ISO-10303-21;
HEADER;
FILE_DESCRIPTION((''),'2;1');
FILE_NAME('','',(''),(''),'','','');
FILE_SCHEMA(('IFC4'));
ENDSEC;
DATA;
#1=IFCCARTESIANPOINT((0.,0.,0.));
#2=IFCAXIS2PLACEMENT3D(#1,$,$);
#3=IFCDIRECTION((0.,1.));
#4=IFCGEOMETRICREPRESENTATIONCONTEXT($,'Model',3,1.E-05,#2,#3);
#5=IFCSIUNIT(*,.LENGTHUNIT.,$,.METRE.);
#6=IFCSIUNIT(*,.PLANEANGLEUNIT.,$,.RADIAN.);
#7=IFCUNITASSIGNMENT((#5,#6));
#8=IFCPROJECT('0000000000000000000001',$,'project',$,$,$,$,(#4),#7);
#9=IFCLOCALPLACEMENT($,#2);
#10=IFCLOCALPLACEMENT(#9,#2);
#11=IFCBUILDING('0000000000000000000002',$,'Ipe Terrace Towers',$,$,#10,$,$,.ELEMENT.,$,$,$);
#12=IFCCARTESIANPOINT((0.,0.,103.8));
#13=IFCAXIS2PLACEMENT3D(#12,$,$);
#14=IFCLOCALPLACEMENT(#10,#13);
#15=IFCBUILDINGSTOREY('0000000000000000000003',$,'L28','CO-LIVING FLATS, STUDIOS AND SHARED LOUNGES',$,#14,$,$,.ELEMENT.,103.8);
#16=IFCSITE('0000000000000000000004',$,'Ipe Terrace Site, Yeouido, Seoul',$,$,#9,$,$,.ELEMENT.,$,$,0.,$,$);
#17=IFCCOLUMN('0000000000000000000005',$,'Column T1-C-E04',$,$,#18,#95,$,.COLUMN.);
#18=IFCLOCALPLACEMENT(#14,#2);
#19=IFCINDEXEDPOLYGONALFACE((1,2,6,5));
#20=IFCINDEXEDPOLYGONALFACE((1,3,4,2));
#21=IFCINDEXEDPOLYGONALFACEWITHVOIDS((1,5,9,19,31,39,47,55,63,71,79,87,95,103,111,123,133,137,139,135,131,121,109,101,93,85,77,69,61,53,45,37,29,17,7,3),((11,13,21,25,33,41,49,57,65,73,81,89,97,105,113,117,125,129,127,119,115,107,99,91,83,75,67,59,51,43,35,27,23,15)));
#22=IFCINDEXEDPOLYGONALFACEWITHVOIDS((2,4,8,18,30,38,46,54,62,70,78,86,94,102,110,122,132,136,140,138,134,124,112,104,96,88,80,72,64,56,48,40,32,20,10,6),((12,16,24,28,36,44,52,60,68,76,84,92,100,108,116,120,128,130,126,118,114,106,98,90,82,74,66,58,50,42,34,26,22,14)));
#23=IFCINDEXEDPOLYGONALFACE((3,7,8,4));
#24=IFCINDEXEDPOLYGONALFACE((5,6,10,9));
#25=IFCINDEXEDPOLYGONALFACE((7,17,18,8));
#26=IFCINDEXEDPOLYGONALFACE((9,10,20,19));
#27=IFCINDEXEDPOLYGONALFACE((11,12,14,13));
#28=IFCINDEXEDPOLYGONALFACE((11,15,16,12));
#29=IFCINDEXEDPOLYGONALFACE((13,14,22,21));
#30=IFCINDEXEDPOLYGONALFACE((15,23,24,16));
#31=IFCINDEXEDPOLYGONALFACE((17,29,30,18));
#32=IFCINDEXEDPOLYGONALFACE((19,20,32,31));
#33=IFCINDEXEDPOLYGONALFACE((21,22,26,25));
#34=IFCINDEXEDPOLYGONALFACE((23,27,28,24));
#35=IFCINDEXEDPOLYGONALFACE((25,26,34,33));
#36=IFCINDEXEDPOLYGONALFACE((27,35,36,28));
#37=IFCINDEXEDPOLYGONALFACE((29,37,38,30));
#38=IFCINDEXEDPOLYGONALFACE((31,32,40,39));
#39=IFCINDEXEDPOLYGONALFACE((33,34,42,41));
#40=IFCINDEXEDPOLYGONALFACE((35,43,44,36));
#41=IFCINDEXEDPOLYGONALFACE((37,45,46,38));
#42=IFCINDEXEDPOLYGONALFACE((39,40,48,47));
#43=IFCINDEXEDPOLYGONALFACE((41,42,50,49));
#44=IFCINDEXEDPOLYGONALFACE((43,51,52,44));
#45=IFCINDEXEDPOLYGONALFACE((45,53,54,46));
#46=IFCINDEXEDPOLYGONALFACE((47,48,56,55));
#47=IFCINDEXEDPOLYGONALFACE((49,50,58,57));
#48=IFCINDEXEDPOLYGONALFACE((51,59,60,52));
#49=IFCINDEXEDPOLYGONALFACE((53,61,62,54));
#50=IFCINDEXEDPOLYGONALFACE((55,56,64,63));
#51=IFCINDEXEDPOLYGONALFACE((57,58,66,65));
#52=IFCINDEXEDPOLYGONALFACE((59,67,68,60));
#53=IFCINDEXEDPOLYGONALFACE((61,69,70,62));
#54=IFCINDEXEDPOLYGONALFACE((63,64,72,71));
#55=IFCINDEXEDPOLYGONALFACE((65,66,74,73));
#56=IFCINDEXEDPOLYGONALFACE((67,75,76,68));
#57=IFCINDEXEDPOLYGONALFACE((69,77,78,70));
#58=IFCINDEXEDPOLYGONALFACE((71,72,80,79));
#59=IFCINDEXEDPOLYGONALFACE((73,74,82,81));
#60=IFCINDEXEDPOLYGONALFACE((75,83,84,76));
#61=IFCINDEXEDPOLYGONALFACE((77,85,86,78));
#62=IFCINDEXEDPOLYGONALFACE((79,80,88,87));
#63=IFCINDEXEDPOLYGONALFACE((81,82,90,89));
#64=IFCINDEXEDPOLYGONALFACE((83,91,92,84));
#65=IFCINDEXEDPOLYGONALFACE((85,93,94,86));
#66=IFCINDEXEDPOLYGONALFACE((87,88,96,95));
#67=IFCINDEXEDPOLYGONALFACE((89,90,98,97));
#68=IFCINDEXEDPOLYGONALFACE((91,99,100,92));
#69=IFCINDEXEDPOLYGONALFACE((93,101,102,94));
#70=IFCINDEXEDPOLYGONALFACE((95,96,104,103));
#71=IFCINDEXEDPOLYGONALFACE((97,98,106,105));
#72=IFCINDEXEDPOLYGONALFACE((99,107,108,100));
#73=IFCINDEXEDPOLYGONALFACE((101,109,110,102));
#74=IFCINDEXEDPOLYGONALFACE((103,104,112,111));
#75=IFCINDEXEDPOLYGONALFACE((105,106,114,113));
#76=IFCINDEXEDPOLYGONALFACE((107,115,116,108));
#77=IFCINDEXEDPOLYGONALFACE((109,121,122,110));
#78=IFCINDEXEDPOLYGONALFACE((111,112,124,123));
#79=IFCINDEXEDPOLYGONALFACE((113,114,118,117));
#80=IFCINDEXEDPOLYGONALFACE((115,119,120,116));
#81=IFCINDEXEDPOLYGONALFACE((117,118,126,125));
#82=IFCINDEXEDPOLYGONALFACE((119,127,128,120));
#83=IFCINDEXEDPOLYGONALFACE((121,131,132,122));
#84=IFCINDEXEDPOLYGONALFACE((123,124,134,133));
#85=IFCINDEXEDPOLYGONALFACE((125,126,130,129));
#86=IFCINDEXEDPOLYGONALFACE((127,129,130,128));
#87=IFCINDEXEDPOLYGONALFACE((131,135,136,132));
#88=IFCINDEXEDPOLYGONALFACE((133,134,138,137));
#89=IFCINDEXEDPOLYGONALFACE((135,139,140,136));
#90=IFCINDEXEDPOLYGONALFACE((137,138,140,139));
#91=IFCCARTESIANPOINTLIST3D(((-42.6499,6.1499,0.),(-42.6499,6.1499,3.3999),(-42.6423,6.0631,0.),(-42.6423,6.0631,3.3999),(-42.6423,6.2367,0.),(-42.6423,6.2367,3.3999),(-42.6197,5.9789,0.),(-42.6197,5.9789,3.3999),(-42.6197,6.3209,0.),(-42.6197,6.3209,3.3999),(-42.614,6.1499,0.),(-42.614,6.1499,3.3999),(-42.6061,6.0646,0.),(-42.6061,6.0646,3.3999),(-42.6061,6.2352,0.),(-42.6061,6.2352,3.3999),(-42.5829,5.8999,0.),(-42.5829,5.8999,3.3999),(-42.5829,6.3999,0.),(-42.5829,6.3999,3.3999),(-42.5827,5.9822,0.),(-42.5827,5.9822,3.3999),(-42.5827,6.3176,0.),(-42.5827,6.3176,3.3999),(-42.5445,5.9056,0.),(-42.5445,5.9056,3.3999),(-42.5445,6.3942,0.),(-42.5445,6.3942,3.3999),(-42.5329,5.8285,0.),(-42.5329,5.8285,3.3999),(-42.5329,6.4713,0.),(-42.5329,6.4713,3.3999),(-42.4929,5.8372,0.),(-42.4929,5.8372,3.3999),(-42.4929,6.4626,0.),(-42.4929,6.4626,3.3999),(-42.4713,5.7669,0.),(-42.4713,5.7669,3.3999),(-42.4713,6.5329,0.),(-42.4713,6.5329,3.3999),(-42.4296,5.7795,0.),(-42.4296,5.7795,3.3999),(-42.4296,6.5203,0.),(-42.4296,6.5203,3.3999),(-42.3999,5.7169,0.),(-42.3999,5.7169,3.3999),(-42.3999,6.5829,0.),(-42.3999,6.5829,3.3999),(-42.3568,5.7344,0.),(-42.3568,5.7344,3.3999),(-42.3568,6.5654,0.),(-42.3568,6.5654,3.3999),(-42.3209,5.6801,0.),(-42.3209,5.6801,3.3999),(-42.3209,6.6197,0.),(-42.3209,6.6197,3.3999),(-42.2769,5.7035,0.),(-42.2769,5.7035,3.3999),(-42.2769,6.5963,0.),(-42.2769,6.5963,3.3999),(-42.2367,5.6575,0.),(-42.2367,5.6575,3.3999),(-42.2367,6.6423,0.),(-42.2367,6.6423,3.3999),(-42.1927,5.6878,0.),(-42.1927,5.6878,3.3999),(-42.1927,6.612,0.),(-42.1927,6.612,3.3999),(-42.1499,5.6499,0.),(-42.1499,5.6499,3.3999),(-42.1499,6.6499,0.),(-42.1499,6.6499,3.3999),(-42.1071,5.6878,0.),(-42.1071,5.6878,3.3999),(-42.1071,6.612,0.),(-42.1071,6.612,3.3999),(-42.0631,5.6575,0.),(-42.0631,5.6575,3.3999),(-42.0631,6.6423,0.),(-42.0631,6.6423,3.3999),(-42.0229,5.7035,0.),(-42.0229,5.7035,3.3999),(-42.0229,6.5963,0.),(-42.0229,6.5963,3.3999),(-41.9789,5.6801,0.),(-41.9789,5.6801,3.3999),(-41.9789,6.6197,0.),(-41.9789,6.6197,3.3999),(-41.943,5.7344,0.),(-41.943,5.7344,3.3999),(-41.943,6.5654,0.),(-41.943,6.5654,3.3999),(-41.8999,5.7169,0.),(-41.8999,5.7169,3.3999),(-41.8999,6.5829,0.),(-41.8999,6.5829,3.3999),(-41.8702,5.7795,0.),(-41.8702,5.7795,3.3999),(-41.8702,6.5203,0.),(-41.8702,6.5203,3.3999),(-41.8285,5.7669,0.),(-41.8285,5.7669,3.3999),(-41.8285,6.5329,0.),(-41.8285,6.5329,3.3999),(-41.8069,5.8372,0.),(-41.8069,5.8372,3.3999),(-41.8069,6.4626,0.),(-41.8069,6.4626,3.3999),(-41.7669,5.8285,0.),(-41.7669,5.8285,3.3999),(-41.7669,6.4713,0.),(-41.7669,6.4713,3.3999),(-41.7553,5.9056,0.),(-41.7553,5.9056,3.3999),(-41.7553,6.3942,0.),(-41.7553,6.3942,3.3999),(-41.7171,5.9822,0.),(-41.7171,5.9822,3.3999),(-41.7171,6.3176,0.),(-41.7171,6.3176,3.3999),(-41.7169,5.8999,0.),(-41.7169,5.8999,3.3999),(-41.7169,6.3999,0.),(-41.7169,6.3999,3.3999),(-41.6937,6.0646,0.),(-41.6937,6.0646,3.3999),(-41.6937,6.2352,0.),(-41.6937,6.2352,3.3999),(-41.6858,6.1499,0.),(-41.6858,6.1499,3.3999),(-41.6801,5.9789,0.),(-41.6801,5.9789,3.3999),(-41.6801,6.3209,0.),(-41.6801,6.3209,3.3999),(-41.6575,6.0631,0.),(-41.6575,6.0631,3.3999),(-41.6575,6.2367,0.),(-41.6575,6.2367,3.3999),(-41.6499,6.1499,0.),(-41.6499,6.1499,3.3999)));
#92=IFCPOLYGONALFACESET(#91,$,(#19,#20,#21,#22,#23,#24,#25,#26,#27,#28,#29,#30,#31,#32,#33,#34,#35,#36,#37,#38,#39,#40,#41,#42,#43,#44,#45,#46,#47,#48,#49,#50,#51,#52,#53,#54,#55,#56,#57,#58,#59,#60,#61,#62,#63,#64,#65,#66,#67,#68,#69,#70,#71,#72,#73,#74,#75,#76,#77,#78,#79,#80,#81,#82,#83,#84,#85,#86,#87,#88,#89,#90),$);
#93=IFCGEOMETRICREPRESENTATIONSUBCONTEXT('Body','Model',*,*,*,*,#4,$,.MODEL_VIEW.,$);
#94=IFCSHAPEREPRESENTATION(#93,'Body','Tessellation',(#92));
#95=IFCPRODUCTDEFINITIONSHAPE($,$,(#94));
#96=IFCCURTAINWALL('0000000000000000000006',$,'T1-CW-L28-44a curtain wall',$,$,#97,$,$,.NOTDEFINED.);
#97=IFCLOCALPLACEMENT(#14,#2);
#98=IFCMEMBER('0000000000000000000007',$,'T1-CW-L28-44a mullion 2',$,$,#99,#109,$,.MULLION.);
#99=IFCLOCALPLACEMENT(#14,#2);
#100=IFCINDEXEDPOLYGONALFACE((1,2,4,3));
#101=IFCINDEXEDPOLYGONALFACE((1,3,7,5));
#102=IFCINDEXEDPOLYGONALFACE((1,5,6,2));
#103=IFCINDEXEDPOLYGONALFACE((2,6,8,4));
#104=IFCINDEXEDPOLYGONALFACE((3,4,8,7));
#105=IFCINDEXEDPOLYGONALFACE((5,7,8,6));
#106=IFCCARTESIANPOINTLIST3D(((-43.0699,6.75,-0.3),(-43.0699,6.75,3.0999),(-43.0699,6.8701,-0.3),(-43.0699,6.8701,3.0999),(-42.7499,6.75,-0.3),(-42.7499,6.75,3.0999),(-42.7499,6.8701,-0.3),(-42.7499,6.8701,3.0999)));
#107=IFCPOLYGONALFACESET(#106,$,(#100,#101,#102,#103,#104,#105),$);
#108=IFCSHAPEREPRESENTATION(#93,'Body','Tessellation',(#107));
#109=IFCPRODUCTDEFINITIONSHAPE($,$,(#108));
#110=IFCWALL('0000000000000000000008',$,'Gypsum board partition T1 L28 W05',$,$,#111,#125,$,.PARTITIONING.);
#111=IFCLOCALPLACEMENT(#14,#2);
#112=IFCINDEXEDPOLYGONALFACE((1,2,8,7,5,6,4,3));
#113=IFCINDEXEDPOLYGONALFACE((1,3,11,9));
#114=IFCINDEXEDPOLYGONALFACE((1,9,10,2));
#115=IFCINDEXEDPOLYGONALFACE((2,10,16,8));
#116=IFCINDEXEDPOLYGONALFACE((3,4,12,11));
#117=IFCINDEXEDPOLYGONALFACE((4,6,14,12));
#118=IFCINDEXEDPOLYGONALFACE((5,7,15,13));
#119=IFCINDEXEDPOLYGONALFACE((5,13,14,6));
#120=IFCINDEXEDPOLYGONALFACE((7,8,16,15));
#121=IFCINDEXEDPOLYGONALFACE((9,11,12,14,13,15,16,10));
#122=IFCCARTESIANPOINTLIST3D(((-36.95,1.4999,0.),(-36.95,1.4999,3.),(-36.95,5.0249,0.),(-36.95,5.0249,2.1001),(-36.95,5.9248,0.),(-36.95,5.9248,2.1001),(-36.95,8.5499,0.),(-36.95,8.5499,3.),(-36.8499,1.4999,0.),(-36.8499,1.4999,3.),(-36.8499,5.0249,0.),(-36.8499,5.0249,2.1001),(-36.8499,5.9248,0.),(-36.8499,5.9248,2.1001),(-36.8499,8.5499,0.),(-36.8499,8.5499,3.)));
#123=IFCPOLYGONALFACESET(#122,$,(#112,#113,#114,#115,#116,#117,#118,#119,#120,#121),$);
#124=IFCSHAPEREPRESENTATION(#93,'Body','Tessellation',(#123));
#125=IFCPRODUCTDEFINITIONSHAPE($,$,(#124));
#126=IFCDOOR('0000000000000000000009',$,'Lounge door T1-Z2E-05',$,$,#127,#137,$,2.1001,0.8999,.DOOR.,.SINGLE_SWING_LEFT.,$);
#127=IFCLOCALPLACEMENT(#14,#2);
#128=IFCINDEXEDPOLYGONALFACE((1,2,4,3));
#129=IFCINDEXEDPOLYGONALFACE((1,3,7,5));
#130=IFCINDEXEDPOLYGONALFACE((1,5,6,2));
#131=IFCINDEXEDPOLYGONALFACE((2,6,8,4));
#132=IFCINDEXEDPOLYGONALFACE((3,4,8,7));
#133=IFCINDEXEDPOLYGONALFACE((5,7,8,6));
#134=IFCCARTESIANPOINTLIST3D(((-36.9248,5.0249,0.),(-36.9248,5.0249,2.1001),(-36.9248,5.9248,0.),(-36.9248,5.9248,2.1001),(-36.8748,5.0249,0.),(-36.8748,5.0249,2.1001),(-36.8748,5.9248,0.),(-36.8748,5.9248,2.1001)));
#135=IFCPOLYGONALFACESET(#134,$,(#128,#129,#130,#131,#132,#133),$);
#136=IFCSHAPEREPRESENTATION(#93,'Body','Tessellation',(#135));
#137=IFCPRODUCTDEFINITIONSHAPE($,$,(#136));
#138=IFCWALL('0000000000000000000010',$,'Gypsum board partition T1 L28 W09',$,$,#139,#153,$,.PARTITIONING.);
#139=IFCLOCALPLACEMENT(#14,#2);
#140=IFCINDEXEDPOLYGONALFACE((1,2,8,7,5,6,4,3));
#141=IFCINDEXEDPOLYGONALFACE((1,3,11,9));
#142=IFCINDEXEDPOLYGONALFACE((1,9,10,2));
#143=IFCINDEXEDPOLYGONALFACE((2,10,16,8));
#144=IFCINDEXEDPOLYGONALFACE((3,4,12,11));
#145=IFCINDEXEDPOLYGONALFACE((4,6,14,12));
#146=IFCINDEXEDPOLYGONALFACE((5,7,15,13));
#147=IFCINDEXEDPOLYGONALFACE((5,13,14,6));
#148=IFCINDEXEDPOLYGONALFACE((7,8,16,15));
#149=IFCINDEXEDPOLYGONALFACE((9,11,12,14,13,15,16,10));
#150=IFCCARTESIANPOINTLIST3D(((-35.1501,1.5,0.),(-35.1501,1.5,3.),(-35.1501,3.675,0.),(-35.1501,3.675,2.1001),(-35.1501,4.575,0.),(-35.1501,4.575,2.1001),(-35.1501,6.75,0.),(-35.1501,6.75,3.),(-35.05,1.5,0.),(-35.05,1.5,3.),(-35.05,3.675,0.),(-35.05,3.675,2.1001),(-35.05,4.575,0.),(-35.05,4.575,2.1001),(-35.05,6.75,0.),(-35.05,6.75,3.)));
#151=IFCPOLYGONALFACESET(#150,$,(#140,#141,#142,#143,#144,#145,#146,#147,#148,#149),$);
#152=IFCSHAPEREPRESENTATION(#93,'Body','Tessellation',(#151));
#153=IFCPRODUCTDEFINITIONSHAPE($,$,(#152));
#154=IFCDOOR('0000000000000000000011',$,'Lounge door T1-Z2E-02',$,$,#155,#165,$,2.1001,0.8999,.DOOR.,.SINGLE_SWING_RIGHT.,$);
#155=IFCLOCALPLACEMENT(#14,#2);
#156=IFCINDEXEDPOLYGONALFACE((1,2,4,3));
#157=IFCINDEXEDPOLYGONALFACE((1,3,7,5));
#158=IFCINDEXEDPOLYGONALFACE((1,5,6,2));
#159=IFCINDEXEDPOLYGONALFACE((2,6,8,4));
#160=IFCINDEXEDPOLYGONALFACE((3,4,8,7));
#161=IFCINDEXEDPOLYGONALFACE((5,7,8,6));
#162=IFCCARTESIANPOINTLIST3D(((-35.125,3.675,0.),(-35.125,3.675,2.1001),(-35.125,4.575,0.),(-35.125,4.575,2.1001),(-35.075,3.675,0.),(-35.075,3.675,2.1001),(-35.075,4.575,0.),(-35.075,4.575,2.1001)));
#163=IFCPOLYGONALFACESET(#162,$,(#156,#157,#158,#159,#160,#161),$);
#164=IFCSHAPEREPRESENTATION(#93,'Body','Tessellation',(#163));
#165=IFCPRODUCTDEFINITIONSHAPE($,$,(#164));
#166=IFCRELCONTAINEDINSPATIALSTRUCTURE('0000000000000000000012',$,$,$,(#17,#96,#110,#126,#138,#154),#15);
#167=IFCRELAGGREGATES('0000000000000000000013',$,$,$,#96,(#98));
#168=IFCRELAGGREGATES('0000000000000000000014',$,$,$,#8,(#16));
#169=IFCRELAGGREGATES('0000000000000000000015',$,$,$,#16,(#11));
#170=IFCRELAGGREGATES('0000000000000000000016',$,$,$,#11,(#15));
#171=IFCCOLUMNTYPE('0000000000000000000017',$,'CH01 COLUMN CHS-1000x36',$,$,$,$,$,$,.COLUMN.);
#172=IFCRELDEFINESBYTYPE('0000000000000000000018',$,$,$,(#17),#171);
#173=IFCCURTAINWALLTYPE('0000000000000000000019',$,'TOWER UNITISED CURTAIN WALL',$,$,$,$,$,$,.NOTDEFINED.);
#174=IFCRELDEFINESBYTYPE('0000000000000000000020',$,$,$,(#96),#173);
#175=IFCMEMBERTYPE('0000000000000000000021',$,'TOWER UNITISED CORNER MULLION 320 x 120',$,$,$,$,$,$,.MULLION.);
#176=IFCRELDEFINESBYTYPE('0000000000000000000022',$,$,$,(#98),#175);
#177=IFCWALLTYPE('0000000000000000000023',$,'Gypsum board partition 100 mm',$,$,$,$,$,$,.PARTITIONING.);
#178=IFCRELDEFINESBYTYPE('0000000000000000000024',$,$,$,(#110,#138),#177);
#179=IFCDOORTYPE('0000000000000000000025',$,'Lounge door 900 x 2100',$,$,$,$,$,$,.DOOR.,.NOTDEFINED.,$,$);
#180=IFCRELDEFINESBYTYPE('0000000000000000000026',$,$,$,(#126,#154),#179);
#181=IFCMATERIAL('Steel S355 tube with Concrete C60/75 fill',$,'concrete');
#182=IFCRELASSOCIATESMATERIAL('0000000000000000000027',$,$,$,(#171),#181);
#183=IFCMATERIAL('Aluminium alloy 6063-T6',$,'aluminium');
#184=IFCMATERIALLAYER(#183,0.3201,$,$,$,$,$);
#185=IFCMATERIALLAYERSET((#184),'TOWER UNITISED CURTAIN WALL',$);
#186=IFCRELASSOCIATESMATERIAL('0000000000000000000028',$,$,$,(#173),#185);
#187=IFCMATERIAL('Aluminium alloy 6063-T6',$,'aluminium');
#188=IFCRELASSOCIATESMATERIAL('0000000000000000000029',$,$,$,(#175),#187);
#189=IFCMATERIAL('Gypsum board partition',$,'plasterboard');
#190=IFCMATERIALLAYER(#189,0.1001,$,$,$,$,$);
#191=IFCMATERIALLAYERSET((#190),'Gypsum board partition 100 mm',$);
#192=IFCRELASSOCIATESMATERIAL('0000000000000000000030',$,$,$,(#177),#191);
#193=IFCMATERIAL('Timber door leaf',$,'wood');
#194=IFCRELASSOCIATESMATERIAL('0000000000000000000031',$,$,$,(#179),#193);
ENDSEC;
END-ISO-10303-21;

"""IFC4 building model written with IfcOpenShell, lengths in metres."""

from ifc_helpers import new_model, si_unit, direction, frame, frame_2d, origin, origin_2d, place, context, subcontext, project, spatial, rectangle, hollow_circle, extrude, material, layer, layer_set, material_profile, profile_set, type_object, element, fill, aggregate, save


model = new_model("IFC4")

# Units and contexts
model_context = context("Model", 3, precision=1e-05, world=origin(), true_north=direction((0.0, 1.0)))
body_context = subcontext(model_context, "Body", "Model", "MODEL_VIEW")
ifc_project = project(units=[si_unit("LENGTHUNIT", "METRE"), si_unit("PLANEANGLEUNIT", "RADIAN")], contexts=[model_context])

# Site, building, storey
site_placement = place(None, origin())
site = spatial("IfcSite", under=ifc_project, at=site_placement, Name="Ipe Terrace Site, Yeouido, Seoul", CompositionType="ELEMENT", RefElevation=0.0)
building_placement = place(site_placement, origin())
building = spatial("IfcBuilding", under=site, at=building_placement, Name="Ipe Terrace Towers", CompositionType="ELEMENT")
storey_placement = place(building_placement, frame((0.0, 0.0, 103.8)))
storey = spatial("IfcBuildingStorey", under=building, at=storey_placement, Name="L28", Description="CO-LIVING FLATS, STUDIOS AND SHARED LOUNGES", CompositionType="ELEMENT", Elevation=103.8)

# Column
ifc_material_1 = material(Name="Steel S355 tube with Concrete C60/75 fill", Category="concrete")
ifc_material_profile_1 = material_profile(ifc_material_1, hollow_circle(Radius=0.5, WallThickness=0.0359, at=origin_2d()), Name="CHS-1000x36")
ifc_profile_set_1 = profile_set([ifc_material_profile_1], Name="Steel S355 tube with Concrete C60/75 fill")
column_type = type_object("IfcColumnType", Name="CH01 COLUMN CHS-1000x36", PredefinedType="COLUMN", material=ifc_profile_set_1)
column_placement = place(storey_placement, frame((-42.1499, 6.1499, 0.0), z_axis=(0.0, 0.0, 1.0), x_axis=(1.0, 0.0, 0.0)))
element("IfcColumn", 1, at=column_placement, inside=storey, type_object=column_type, Name="Column T1-C-E04", PredefinedType="COLUMN", context=body_context, shape_type="SweptSolid", body=[
    extrude(hollow_circle(Radius=0.5, WallThickness=0.0359, at=origin_2d()), origin(), (0.0, 0.0, 1.0), 3.3999),
])

# Curtain wall, member
ifc_material_2 = material(Name="Aluminium alloy 6063-T6", Category="aluminium")
ifc_layer_1 = layer(ifc_material_2, 0.3201)
ifc_layer_set_1 = layer_set([ifc_layer_1], Name="TOWER UNITISED CURTAIN WALL")
curtain_wall_type = type_object("IfcCurtainWallType", Name="TOWER UNITISED CURTAIN WALL", PredefinedType="NOTDEFINED", material=ifc_layer_set_1)
curtain_wall_placement = place(storey_placement, origin())
curtain_wall = element("IfcCurtainWall", 2, at=curtain_wall_placement, inside=storey, type_object=curtain_wall_type, Name="T1-CW-L28-44a curtain wall", PredefinedType="NOTDEFINED")
ifc_material_3 = material(Name="Aluminium alloy 6063-T6", Category="aluminium")
ifc_material_profile_2 = material_profile(ifc_material_3, rectangle(XDim=0.3201, YDim=0.1201, at=origin_2d()), Name="TOWER UNITISED CORNER MULLION 320 x 120")
ifc_profile_set_2 = profile_set([ifc_material_profile_2], Name="Aluminium alloy 6063-T6")
member_type = type_object("IfcMemberType", Name="TOWER UNITISED CORNER MULLION 320 x 120", PredefinedType="MULLION", material=ifc_profile_set_2)
member_placement = place(storey_placement, frame((-42.9099, 6.8101, -0.3), z_axis=(0.0, 0.0, 1.0), x_axis=(-1.0, 0.0, 0.0)))
member = element("IfcMember", 3, at=member_placement, type_object=member_type, Name="T1-CW-L28-44a mullion 2", PredefinedType="MULLION", context=body_context, shape_type="SweptSolid", body=[
    extrude(rectangle(XDim=0.3201, YDim=0.1201, at=origin_2d()), origin(), (0.0, 0.0, 1.0), 3.3999),
])
aggregate(curtain_wall, [member])

# Walls, openings, doors
ifc_material_4 = material(Name="Gypsum board partition", Category="plasterboard")
ifc_layer_2 = layer(ifc_material_4, 0.1001)
ifc_layer_set_2 = layer_set([ifc_layer_2], Name="Gypsum board partition 100 mm")
wall_type_1 = type_object("IfcWallType", Name="Gypsum board partition 100 mm", PredefinedType="PARTITIONING", material=ifc_layer_set_2)
wall_1_placement = place(storey_placement, frame((-36.8999, 1.5, 0.0), z_axis=(0.0, 0.0, 1.0), x_axis=(0.0, 1.0, 0.0)))
wall_1 = element("IfcWall", 4, at=wall_1_placement, inside=storey, type_object=wall_type_1, Name="Gypsum board partition T1 L28 W05", PredefinedType="PARTITIONING", context=body_context, shape_type="SweptSolid", body=[
    extrude(rectangle(XDim=7.05, YDim=0.1001, at=frame_2d((3.5249, 0.0))), origin(), (0.0, 0.0, 1.0), 3.0),
])
opening_1_placement = place(wall_1_placement, frame((3.5249, 0.0, 0.0)))
opening_1 = element("IfcOpeningElement", 5, at=opening_1_placement, cuts=wall_1, PredefinedType="OPENING", context=body_context, shape_type="SweptSolid", body=[
    extrude(rectangle(XDim=0.8999, YDim=2.1001, at=frame_2d((0.45, 1.05))), frame((0.0, 0.0601, 0.0), z_axis=(0.0, -1.0, 0.0), x_axis=(1.0, 0.0, 0.0)), (0.0, 0.0, 1.0), 0.1201),
])
ifc_material_5 = material(Name="Timber door leaf", Category="wood")
door_type_1 = type_object("IfcDoorType", Name="Lounge door 900 x 2100", OperationType="NOTDEFINED", PredefinedType="DOOR", material=ifc_material_5)
door_1_placement = place(opening_1_placement, origin())
door_1 = element("IfcDoor", 6, at=door_1_placement, inside=storey, type_object=door_type_1, Name="Lounge door T1-Z2E-05", OperationType="SINGLE_SWING_LEFT", OverallHeight=2.1001, OverallWidth=0.8999, PredefinedType="DOOR", context=body_context, shape_type="SweptSolid", body=[
    extrude(rectangle(XDim=0.8999, YDim=2.1001, at=frame_2d((0.45, 1.05))), frame((0.0, 0.0249, 0.0), z_axis=(0.0, -1.0, 0.0), x_axis=(1.0, 0.0, 0.0)), (0.0, 0.0, 1.0), 0.05),
])
fill(opening_1, door_1)
wall_2_placement = place(storey_placement, frame((-35.1001, 1.5, 0.0), z_axis=(0.0, 0.0, 1.0), x_axis=(0.0, 1.0, 0.0)))
wall_2 = element("IfcWall", 7, at=wall_2_placement, inside=storey, type_object=wall_type_1, Name="Gypsum board partition T1 L28 W09", PredefinedType="PARTITIONING", context=body_context, shape_type="SweptSolid", body=[
    extrude(rectangle(XDim=5.25, YDim=0.1001, at=frame_2d((2.625, 0.0))), origin(), (0.0, 0.0, 1.0), 3.0),
])
opening_2_placement = place(wall_2_placement, frame((2.175, 0.0, 0.0)))
opening_2 = element("IfcOpeningElement", 8, at=opening_2_placement, cuts=wall_2, PredefinedType="OPENING", context=body_context, shape_type="SweptSolid", body=[
    extrude(rectangle(XDim=0.8999, YDim=2.1001, at=frame_2d((0.45, 1.05))), frame((0.0, 0.0601, 0.0), z_axis=(0.0, -1.0, 0.0), x_axis=(1.0, 0.0, 0.0)), (0.0, 0.0, 1.0), 0.1201),
])
door_2_placement = place(opening_2_placement, origin())
door_2 = element("IfcDoor", 9, at=door_2_placement, inside=storey, type_object=door_type_1, Name="Lounge door T1-Z2E-02", OperationType="SINGLE_SWING_RIGHT", OverallHeight=2.1001, OverallWidth=0.8999, PredefinedType="DOOR", context=body_context, shape_type="SweptSolid", body=[
    extrude(rectangle(XDim=0.8999, YDim=2.1001, at=frame_2d((0.45, 1.05))), frame((0.0, 0.0249, 0.0), z_axis=(0.0, -1.0, 0.0), x_axis=(1.0, 0.0, 0.0)), (0.0, 0.0, 1.0), 0.05),
])
fill(opening_2, door_2)

save(model, "model.ifc")
